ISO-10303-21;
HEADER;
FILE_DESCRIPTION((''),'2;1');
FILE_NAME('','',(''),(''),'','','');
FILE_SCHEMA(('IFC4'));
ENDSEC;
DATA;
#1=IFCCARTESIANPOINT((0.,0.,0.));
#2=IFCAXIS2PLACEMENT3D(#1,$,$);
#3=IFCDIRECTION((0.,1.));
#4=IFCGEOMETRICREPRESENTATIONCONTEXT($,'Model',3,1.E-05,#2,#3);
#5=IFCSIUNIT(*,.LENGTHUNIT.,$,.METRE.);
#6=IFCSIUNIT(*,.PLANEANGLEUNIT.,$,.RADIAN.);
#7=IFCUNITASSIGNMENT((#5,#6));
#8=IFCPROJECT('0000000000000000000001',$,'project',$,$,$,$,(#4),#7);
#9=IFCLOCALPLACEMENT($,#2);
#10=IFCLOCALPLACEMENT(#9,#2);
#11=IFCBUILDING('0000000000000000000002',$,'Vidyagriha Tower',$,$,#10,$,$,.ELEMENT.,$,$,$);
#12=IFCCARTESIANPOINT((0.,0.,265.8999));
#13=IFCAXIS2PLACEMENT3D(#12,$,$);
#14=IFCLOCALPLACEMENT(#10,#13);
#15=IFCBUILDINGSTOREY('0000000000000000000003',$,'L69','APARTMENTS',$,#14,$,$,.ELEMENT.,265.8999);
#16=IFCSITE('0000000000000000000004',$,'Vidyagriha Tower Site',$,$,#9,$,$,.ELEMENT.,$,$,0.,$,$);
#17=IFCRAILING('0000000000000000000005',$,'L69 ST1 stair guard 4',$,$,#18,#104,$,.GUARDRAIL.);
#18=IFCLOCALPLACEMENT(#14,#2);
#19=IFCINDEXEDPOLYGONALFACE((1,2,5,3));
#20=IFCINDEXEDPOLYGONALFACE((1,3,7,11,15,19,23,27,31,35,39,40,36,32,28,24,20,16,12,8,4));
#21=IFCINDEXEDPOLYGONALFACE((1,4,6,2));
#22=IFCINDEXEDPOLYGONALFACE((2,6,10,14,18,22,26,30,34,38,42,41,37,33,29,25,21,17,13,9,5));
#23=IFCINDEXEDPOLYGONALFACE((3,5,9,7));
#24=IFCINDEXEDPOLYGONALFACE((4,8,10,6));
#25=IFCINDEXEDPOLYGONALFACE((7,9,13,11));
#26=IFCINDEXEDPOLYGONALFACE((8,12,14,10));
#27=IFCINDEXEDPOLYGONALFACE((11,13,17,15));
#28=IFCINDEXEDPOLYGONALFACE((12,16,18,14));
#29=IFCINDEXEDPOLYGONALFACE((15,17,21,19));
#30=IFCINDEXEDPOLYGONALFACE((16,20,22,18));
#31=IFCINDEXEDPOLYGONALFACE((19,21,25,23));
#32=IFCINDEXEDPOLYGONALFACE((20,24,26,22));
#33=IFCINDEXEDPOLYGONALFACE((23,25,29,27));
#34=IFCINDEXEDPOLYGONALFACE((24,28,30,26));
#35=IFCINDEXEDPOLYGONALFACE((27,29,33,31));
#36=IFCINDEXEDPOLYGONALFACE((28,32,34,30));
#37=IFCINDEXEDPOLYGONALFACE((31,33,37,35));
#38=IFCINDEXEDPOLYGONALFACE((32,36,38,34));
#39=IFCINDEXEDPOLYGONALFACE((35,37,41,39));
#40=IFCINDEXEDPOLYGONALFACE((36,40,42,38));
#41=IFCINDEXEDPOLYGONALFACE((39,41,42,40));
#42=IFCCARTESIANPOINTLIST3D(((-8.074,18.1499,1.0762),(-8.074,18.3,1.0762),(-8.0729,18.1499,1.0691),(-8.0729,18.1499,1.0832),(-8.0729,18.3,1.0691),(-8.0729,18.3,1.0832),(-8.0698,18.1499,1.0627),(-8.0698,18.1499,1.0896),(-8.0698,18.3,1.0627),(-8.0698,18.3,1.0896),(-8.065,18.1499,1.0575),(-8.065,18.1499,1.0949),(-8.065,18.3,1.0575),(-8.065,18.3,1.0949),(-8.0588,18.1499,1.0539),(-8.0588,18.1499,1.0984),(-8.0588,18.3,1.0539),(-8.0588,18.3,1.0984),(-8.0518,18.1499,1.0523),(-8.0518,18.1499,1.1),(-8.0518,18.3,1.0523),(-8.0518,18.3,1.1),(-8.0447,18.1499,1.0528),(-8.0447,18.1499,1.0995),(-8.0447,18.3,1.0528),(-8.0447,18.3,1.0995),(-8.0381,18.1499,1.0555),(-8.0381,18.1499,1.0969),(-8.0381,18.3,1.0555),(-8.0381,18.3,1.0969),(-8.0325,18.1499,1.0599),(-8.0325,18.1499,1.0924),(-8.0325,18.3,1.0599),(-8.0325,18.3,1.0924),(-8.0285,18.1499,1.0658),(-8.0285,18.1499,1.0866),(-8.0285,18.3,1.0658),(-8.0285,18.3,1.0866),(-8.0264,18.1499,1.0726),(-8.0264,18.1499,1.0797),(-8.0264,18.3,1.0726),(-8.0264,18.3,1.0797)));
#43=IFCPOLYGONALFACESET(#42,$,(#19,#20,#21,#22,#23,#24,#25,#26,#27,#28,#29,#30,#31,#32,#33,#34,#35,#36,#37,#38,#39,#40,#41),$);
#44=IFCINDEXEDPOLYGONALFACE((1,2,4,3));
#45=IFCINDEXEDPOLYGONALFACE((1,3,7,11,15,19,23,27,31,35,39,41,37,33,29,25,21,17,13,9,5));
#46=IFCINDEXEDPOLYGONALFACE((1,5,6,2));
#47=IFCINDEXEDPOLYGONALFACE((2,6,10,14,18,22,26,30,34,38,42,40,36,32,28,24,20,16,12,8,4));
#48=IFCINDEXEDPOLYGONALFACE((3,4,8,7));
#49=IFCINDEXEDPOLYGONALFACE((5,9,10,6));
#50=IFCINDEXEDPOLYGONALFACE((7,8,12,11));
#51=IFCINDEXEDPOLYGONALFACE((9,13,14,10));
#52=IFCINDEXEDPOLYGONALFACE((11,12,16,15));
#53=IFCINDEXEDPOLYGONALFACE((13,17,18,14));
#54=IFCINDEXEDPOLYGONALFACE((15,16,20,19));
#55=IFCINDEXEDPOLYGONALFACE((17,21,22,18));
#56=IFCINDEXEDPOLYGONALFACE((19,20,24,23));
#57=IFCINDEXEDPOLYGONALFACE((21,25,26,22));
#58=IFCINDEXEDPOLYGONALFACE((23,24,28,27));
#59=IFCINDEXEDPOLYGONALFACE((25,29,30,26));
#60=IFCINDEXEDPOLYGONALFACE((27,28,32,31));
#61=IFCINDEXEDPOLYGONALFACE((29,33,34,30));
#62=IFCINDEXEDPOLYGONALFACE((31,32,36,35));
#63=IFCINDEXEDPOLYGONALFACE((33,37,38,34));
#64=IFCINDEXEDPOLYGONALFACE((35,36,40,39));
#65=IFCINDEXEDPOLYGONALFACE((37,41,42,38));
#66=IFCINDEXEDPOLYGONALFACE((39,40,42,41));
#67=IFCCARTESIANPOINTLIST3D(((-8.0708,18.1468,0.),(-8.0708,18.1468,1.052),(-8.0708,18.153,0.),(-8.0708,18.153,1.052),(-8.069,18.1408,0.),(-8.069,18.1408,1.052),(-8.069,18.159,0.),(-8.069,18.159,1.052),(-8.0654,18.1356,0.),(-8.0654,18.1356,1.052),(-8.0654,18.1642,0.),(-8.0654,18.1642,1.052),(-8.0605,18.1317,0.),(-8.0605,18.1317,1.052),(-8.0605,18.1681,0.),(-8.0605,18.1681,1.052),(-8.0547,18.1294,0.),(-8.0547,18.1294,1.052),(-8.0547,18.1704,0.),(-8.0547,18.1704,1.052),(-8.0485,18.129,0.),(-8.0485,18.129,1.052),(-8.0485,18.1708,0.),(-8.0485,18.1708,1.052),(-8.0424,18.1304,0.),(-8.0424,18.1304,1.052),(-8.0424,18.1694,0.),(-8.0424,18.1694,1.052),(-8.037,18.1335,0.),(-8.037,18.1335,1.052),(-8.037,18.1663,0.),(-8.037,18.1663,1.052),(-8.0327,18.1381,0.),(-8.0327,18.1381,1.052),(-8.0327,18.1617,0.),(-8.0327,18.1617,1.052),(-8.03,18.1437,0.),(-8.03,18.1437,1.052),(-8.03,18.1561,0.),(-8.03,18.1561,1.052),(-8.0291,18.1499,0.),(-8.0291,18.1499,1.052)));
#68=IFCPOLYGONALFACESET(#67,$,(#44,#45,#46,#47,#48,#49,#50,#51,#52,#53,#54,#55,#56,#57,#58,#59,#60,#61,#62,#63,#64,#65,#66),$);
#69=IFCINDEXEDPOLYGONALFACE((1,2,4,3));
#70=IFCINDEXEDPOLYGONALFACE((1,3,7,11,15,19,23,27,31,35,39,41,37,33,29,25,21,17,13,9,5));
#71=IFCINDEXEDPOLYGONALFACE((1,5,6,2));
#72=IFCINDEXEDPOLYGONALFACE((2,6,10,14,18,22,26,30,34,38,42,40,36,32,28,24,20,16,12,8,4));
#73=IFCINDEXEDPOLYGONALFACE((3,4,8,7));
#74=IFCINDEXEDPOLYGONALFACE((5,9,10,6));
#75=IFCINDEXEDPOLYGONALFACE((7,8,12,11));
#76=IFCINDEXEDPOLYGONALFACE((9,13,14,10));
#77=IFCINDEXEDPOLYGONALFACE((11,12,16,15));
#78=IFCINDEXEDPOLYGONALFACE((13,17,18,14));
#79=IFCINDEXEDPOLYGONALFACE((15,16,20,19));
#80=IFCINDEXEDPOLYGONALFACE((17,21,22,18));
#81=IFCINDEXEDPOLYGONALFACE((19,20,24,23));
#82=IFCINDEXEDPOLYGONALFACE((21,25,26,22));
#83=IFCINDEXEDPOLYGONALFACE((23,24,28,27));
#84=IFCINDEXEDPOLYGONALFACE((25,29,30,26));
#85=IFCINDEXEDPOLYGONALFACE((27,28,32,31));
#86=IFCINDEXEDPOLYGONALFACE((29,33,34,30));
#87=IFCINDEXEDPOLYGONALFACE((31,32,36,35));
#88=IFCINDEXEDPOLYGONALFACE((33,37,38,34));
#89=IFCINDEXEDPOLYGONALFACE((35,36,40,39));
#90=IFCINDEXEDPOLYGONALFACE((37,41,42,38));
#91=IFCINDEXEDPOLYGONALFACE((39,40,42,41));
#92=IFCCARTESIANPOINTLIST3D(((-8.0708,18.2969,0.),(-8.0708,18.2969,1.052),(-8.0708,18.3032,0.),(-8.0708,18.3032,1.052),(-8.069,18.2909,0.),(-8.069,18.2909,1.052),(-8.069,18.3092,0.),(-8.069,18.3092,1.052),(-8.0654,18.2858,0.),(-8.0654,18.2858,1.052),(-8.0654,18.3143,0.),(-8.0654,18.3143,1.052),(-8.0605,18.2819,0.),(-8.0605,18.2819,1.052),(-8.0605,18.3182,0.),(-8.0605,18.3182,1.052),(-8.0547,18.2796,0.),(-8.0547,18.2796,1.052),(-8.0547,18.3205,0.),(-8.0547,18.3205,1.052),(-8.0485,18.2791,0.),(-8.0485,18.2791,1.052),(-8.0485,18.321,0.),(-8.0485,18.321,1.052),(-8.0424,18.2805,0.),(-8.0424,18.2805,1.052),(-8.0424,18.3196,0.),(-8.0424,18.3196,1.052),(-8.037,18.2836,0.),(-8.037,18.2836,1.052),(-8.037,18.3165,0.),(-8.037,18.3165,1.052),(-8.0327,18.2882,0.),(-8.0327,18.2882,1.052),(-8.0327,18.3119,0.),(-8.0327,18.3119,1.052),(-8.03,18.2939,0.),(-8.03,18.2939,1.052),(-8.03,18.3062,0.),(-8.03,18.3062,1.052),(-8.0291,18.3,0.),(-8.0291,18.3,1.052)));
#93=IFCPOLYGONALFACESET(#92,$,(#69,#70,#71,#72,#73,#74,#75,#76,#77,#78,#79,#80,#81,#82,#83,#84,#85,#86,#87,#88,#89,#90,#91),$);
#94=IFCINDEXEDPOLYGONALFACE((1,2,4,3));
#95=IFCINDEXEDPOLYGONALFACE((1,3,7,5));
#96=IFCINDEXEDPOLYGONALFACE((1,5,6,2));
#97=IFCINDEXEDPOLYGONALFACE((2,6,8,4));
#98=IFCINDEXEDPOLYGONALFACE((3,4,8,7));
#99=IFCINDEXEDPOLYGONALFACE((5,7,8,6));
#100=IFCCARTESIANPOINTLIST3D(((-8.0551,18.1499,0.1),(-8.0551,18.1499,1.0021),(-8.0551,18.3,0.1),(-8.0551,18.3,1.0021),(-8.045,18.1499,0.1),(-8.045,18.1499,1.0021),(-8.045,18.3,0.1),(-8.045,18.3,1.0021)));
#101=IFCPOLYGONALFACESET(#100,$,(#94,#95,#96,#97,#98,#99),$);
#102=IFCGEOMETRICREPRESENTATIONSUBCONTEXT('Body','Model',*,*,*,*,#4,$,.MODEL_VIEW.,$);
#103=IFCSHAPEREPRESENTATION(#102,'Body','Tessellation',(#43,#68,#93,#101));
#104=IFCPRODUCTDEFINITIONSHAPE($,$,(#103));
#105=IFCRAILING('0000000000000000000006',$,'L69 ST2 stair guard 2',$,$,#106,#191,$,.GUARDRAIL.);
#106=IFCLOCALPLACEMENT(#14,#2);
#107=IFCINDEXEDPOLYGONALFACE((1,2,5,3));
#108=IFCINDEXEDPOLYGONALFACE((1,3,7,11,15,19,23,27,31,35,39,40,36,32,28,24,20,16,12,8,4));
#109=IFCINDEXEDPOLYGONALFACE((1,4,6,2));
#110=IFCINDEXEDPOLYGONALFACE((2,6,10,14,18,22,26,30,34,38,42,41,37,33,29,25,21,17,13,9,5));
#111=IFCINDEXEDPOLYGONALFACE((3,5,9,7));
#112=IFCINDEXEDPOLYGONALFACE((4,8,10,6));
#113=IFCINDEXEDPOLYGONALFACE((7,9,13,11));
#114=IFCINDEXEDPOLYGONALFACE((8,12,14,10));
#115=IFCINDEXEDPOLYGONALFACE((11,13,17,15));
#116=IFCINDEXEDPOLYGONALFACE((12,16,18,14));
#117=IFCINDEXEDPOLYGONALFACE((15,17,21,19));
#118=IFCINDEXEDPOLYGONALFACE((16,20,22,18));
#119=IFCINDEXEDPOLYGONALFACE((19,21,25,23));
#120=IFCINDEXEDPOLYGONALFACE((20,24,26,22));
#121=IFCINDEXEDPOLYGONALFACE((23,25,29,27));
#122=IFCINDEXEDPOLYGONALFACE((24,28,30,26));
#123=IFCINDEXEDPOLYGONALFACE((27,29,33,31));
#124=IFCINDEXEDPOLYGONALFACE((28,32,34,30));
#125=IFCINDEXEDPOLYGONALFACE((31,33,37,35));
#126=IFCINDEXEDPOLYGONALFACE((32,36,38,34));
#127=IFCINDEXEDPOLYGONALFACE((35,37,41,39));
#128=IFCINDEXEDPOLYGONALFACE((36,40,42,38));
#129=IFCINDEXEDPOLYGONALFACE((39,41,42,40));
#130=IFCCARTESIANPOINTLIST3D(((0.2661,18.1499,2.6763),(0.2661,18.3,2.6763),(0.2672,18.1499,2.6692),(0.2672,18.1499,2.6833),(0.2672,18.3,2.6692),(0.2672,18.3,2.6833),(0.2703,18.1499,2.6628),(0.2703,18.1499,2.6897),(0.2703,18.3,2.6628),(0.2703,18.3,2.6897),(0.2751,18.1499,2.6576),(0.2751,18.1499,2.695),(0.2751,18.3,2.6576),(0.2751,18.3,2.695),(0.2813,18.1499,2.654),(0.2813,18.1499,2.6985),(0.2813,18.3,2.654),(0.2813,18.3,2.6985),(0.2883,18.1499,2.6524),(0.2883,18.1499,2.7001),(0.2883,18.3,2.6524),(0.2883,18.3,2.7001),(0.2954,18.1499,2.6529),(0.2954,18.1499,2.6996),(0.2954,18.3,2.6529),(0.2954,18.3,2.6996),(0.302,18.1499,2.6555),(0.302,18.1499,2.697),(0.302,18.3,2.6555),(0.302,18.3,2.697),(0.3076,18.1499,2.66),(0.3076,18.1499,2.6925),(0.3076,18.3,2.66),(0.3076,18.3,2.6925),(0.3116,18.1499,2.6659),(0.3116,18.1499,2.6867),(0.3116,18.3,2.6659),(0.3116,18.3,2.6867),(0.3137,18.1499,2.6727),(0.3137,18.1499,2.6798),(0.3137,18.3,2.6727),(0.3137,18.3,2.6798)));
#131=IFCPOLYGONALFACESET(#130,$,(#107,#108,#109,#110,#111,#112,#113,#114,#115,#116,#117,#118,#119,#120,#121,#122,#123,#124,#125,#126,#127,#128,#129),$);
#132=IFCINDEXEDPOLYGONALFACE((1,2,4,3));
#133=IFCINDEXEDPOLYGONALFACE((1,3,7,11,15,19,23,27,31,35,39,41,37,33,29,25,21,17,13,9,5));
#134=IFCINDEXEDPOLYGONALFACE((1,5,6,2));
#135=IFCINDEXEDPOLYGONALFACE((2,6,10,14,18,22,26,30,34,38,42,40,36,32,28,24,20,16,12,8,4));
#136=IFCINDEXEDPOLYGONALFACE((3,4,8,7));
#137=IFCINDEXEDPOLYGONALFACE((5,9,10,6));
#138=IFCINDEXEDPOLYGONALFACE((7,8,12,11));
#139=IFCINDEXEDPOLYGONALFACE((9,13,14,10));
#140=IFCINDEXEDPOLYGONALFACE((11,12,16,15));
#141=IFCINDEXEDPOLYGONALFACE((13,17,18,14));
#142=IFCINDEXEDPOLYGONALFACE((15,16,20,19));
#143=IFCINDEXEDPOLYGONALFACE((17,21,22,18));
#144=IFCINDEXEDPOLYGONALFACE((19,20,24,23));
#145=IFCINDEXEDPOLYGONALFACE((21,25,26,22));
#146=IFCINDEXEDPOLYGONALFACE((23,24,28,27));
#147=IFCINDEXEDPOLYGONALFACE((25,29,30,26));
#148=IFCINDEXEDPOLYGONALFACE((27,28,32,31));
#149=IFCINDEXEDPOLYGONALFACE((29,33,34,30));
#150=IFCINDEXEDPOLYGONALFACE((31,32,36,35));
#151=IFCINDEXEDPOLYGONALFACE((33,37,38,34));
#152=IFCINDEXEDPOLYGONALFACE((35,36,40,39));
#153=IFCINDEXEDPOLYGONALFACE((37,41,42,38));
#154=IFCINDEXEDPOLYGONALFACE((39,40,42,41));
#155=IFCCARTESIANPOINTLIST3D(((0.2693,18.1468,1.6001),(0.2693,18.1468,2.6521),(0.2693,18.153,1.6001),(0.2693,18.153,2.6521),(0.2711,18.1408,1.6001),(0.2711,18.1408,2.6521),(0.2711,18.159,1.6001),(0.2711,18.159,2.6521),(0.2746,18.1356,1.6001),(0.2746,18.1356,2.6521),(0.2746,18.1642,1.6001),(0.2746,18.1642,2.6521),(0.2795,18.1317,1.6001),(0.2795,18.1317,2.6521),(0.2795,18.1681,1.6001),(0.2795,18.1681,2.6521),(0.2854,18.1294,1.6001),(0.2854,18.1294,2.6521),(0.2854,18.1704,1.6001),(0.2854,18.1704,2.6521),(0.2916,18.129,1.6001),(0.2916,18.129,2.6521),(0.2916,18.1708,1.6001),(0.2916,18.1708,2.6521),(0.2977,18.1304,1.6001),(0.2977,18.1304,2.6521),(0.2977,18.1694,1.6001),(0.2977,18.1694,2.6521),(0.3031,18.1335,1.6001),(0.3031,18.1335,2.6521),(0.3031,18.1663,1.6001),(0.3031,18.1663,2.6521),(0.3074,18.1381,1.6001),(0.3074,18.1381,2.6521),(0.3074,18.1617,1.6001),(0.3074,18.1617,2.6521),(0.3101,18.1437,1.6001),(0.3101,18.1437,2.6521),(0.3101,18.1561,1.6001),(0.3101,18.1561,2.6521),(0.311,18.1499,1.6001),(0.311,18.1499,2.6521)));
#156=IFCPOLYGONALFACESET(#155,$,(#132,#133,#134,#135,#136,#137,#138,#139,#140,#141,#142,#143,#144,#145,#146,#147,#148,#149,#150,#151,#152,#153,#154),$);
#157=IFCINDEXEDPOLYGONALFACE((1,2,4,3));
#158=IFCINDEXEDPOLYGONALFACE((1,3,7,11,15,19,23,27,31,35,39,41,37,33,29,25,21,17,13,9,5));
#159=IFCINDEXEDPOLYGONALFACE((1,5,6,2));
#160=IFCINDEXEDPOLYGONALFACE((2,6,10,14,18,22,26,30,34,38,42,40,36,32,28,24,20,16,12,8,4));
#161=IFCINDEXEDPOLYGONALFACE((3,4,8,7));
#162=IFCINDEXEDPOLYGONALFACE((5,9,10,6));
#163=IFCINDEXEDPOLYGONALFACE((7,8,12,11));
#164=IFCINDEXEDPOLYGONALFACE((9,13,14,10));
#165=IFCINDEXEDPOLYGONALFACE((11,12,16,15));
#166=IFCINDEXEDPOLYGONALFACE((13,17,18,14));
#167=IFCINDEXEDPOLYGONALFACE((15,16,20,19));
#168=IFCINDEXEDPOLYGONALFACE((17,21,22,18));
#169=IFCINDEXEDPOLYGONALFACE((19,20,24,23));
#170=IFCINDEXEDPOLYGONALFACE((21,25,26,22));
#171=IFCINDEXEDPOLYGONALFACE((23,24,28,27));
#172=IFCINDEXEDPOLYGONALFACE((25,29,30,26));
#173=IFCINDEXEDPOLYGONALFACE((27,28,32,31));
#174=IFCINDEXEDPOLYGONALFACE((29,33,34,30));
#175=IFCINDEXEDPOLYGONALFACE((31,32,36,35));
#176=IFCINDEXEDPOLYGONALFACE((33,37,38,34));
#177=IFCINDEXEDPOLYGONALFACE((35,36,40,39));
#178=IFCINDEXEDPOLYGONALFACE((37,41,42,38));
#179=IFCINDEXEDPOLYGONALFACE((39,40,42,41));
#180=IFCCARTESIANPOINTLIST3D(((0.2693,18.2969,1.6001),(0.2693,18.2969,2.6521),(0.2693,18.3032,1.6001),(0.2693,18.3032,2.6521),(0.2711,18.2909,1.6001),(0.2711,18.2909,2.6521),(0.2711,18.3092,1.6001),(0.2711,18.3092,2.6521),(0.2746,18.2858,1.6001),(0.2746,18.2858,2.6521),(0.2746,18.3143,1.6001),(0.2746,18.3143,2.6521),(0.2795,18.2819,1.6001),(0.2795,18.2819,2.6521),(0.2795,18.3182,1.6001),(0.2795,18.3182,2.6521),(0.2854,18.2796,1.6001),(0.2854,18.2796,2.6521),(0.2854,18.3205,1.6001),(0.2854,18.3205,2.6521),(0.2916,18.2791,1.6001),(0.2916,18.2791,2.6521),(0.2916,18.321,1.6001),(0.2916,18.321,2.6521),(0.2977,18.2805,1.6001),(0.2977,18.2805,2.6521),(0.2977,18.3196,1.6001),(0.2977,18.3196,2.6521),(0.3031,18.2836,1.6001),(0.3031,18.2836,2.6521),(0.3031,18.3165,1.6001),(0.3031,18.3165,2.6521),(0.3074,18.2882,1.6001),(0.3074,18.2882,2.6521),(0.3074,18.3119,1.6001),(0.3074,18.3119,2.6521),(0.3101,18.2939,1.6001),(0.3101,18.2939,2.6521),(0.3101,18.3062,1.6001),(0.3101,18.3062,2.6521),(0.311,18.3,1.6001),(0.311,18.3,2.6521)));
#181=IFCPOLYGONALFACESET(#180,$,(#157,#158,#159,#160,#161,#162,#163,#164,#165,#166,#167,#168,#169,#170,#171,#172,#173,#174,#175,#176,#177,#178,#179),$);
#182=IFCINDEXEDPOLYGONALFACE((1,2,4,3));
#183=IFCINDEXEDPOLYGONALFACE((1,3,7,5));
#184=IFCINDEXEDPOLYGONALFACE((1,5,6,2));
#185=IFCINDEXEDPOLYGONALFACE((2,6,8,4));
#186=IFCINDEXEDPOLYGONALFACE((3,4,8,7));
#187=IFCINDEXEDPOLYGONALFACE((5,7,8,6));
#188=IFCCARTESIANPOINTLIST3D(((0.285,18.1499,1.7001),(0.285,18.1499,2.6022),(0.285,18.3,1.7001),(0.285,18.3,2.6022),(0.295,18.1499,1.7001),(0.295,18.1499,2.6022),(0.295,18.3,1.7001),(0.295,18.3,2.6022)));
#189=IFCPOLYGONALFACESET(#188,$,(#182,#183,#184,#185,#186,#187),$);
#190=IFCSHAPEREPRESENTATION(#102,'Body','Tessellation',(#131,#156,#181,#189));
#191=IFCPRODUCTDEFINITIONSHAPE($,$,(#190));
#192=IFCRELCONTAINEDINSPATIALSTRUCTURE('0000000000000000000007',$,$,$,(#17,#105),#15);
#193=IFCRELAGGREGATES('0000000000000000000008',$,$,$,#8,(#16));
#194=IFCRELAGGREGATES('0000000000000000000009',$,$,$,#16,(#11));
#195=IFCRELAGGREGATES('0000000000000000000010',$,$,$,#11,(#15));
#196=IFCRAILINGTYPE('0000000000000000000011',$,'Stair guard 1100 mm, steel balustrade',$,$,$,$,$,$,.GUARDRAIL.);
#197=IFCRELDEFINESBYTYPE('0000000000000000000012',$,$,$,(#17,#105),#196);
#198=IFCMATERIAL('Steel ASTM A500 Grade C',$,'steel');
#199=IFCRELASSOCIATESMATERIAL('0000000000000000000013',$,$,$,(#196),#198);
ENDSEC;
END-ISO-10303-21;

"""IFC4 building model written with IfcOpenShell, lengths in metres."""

from ifc_helpers import new_model, si_unit, direction, frame, origin, origin_2d, place, context, subcontext, project, spatial, rectangle, circle, extrude, material, type_object, element, save


model = new_model("IFC4")

# Units and contexts
model_context = context("Model", 3, precision=1e-05, world=origin(), true_north=direction((0.0, 1.0)))
body_context = subcontext(model_context, "Body", "Model", "MODEL_VIEW")
ifc_project = project(units=[si_unit("LENGTHUNIT", "METRE"), si_unit("PLANEANGLEUNIT", "RADIAN")], contexts=[model_context])

# Site, building, storey
site_placement = place(None, origin())
site = spatial("IfcSite", under=ifc_project, at=site_placement, Name="Vidyagriha Tower Site", CompositionType="ELEMENT", RefElevation=0.0)
building_placement = place(site_placement, origin())
building = spatial("IfcBuilding", under=site, at=building_placement, Name="Vidyagriha Tower", CompositionType="ELEMENT")
storey_placement = place(building_placement, frame((0.0, 0.0, 265.8999)))
storey = spatial("IfcBuildingStorey", under=building, at=storey_placement, Name="L69", Description="APARTMENTS", CompositionType="ELEMENT", Elevation=265.8999)

# Railings
ifc_material_1 = material(Name="Steel ASTM A500 Grade C", Category="steel")
railing_type_1 = type_object("IfcRailingType", Name="Stair guard 1100 mm, steel balustrade", PredefinedType="GUARDRAIL", material=ifc_material_1)
for number, where, name in (
    (1, (-8.05, 18.1499, 0.0), "L69 ST1 stair guard 4"),
    (2, (0.29, 18.1499, 1.6001), "L69 ST2 stair guard 2"),
):
    element("IfcRailing", number, at=place(storey_placement, frame(where)), inside=storey, type_object=railing_type_1, Name=name, PredefinedType="GUARDRAIL", context=body_context, shape_type="SweptSolid", body=[
        extrude(circle(Radius=0.0239, at=origin_2d()), frame((0.0, 0.0, 1.0762), z_axis=(0.0, 1.0, 0.0), x_axis=(-1.0, 0.0, 0.0)), (0.0, 0.0, 1.0), 0.1501),
        extrude(circle(Radius=0.021, at=origin_2d()), origin(), (0.0, 0.0, 1.0), 1.052),
        extrude(circle(Radius=0.021, at=origin_2d()), frame((0.0, 0.1501, 0.0)), (0.0, 0.0, 1.0), 1.052),
        extrude(rectangle(XDim=0.01, YDim=0.9021, at=origin_2d()), frame((0.0, 0.0, 0.551), z_axis=(0.0, 1.0, 0.0), x_axis=(-1.0, 0.0, 0.0)), (0.0, 0.0, 1.0), 0.1501),
    ])

save(model, "model.ifc")
